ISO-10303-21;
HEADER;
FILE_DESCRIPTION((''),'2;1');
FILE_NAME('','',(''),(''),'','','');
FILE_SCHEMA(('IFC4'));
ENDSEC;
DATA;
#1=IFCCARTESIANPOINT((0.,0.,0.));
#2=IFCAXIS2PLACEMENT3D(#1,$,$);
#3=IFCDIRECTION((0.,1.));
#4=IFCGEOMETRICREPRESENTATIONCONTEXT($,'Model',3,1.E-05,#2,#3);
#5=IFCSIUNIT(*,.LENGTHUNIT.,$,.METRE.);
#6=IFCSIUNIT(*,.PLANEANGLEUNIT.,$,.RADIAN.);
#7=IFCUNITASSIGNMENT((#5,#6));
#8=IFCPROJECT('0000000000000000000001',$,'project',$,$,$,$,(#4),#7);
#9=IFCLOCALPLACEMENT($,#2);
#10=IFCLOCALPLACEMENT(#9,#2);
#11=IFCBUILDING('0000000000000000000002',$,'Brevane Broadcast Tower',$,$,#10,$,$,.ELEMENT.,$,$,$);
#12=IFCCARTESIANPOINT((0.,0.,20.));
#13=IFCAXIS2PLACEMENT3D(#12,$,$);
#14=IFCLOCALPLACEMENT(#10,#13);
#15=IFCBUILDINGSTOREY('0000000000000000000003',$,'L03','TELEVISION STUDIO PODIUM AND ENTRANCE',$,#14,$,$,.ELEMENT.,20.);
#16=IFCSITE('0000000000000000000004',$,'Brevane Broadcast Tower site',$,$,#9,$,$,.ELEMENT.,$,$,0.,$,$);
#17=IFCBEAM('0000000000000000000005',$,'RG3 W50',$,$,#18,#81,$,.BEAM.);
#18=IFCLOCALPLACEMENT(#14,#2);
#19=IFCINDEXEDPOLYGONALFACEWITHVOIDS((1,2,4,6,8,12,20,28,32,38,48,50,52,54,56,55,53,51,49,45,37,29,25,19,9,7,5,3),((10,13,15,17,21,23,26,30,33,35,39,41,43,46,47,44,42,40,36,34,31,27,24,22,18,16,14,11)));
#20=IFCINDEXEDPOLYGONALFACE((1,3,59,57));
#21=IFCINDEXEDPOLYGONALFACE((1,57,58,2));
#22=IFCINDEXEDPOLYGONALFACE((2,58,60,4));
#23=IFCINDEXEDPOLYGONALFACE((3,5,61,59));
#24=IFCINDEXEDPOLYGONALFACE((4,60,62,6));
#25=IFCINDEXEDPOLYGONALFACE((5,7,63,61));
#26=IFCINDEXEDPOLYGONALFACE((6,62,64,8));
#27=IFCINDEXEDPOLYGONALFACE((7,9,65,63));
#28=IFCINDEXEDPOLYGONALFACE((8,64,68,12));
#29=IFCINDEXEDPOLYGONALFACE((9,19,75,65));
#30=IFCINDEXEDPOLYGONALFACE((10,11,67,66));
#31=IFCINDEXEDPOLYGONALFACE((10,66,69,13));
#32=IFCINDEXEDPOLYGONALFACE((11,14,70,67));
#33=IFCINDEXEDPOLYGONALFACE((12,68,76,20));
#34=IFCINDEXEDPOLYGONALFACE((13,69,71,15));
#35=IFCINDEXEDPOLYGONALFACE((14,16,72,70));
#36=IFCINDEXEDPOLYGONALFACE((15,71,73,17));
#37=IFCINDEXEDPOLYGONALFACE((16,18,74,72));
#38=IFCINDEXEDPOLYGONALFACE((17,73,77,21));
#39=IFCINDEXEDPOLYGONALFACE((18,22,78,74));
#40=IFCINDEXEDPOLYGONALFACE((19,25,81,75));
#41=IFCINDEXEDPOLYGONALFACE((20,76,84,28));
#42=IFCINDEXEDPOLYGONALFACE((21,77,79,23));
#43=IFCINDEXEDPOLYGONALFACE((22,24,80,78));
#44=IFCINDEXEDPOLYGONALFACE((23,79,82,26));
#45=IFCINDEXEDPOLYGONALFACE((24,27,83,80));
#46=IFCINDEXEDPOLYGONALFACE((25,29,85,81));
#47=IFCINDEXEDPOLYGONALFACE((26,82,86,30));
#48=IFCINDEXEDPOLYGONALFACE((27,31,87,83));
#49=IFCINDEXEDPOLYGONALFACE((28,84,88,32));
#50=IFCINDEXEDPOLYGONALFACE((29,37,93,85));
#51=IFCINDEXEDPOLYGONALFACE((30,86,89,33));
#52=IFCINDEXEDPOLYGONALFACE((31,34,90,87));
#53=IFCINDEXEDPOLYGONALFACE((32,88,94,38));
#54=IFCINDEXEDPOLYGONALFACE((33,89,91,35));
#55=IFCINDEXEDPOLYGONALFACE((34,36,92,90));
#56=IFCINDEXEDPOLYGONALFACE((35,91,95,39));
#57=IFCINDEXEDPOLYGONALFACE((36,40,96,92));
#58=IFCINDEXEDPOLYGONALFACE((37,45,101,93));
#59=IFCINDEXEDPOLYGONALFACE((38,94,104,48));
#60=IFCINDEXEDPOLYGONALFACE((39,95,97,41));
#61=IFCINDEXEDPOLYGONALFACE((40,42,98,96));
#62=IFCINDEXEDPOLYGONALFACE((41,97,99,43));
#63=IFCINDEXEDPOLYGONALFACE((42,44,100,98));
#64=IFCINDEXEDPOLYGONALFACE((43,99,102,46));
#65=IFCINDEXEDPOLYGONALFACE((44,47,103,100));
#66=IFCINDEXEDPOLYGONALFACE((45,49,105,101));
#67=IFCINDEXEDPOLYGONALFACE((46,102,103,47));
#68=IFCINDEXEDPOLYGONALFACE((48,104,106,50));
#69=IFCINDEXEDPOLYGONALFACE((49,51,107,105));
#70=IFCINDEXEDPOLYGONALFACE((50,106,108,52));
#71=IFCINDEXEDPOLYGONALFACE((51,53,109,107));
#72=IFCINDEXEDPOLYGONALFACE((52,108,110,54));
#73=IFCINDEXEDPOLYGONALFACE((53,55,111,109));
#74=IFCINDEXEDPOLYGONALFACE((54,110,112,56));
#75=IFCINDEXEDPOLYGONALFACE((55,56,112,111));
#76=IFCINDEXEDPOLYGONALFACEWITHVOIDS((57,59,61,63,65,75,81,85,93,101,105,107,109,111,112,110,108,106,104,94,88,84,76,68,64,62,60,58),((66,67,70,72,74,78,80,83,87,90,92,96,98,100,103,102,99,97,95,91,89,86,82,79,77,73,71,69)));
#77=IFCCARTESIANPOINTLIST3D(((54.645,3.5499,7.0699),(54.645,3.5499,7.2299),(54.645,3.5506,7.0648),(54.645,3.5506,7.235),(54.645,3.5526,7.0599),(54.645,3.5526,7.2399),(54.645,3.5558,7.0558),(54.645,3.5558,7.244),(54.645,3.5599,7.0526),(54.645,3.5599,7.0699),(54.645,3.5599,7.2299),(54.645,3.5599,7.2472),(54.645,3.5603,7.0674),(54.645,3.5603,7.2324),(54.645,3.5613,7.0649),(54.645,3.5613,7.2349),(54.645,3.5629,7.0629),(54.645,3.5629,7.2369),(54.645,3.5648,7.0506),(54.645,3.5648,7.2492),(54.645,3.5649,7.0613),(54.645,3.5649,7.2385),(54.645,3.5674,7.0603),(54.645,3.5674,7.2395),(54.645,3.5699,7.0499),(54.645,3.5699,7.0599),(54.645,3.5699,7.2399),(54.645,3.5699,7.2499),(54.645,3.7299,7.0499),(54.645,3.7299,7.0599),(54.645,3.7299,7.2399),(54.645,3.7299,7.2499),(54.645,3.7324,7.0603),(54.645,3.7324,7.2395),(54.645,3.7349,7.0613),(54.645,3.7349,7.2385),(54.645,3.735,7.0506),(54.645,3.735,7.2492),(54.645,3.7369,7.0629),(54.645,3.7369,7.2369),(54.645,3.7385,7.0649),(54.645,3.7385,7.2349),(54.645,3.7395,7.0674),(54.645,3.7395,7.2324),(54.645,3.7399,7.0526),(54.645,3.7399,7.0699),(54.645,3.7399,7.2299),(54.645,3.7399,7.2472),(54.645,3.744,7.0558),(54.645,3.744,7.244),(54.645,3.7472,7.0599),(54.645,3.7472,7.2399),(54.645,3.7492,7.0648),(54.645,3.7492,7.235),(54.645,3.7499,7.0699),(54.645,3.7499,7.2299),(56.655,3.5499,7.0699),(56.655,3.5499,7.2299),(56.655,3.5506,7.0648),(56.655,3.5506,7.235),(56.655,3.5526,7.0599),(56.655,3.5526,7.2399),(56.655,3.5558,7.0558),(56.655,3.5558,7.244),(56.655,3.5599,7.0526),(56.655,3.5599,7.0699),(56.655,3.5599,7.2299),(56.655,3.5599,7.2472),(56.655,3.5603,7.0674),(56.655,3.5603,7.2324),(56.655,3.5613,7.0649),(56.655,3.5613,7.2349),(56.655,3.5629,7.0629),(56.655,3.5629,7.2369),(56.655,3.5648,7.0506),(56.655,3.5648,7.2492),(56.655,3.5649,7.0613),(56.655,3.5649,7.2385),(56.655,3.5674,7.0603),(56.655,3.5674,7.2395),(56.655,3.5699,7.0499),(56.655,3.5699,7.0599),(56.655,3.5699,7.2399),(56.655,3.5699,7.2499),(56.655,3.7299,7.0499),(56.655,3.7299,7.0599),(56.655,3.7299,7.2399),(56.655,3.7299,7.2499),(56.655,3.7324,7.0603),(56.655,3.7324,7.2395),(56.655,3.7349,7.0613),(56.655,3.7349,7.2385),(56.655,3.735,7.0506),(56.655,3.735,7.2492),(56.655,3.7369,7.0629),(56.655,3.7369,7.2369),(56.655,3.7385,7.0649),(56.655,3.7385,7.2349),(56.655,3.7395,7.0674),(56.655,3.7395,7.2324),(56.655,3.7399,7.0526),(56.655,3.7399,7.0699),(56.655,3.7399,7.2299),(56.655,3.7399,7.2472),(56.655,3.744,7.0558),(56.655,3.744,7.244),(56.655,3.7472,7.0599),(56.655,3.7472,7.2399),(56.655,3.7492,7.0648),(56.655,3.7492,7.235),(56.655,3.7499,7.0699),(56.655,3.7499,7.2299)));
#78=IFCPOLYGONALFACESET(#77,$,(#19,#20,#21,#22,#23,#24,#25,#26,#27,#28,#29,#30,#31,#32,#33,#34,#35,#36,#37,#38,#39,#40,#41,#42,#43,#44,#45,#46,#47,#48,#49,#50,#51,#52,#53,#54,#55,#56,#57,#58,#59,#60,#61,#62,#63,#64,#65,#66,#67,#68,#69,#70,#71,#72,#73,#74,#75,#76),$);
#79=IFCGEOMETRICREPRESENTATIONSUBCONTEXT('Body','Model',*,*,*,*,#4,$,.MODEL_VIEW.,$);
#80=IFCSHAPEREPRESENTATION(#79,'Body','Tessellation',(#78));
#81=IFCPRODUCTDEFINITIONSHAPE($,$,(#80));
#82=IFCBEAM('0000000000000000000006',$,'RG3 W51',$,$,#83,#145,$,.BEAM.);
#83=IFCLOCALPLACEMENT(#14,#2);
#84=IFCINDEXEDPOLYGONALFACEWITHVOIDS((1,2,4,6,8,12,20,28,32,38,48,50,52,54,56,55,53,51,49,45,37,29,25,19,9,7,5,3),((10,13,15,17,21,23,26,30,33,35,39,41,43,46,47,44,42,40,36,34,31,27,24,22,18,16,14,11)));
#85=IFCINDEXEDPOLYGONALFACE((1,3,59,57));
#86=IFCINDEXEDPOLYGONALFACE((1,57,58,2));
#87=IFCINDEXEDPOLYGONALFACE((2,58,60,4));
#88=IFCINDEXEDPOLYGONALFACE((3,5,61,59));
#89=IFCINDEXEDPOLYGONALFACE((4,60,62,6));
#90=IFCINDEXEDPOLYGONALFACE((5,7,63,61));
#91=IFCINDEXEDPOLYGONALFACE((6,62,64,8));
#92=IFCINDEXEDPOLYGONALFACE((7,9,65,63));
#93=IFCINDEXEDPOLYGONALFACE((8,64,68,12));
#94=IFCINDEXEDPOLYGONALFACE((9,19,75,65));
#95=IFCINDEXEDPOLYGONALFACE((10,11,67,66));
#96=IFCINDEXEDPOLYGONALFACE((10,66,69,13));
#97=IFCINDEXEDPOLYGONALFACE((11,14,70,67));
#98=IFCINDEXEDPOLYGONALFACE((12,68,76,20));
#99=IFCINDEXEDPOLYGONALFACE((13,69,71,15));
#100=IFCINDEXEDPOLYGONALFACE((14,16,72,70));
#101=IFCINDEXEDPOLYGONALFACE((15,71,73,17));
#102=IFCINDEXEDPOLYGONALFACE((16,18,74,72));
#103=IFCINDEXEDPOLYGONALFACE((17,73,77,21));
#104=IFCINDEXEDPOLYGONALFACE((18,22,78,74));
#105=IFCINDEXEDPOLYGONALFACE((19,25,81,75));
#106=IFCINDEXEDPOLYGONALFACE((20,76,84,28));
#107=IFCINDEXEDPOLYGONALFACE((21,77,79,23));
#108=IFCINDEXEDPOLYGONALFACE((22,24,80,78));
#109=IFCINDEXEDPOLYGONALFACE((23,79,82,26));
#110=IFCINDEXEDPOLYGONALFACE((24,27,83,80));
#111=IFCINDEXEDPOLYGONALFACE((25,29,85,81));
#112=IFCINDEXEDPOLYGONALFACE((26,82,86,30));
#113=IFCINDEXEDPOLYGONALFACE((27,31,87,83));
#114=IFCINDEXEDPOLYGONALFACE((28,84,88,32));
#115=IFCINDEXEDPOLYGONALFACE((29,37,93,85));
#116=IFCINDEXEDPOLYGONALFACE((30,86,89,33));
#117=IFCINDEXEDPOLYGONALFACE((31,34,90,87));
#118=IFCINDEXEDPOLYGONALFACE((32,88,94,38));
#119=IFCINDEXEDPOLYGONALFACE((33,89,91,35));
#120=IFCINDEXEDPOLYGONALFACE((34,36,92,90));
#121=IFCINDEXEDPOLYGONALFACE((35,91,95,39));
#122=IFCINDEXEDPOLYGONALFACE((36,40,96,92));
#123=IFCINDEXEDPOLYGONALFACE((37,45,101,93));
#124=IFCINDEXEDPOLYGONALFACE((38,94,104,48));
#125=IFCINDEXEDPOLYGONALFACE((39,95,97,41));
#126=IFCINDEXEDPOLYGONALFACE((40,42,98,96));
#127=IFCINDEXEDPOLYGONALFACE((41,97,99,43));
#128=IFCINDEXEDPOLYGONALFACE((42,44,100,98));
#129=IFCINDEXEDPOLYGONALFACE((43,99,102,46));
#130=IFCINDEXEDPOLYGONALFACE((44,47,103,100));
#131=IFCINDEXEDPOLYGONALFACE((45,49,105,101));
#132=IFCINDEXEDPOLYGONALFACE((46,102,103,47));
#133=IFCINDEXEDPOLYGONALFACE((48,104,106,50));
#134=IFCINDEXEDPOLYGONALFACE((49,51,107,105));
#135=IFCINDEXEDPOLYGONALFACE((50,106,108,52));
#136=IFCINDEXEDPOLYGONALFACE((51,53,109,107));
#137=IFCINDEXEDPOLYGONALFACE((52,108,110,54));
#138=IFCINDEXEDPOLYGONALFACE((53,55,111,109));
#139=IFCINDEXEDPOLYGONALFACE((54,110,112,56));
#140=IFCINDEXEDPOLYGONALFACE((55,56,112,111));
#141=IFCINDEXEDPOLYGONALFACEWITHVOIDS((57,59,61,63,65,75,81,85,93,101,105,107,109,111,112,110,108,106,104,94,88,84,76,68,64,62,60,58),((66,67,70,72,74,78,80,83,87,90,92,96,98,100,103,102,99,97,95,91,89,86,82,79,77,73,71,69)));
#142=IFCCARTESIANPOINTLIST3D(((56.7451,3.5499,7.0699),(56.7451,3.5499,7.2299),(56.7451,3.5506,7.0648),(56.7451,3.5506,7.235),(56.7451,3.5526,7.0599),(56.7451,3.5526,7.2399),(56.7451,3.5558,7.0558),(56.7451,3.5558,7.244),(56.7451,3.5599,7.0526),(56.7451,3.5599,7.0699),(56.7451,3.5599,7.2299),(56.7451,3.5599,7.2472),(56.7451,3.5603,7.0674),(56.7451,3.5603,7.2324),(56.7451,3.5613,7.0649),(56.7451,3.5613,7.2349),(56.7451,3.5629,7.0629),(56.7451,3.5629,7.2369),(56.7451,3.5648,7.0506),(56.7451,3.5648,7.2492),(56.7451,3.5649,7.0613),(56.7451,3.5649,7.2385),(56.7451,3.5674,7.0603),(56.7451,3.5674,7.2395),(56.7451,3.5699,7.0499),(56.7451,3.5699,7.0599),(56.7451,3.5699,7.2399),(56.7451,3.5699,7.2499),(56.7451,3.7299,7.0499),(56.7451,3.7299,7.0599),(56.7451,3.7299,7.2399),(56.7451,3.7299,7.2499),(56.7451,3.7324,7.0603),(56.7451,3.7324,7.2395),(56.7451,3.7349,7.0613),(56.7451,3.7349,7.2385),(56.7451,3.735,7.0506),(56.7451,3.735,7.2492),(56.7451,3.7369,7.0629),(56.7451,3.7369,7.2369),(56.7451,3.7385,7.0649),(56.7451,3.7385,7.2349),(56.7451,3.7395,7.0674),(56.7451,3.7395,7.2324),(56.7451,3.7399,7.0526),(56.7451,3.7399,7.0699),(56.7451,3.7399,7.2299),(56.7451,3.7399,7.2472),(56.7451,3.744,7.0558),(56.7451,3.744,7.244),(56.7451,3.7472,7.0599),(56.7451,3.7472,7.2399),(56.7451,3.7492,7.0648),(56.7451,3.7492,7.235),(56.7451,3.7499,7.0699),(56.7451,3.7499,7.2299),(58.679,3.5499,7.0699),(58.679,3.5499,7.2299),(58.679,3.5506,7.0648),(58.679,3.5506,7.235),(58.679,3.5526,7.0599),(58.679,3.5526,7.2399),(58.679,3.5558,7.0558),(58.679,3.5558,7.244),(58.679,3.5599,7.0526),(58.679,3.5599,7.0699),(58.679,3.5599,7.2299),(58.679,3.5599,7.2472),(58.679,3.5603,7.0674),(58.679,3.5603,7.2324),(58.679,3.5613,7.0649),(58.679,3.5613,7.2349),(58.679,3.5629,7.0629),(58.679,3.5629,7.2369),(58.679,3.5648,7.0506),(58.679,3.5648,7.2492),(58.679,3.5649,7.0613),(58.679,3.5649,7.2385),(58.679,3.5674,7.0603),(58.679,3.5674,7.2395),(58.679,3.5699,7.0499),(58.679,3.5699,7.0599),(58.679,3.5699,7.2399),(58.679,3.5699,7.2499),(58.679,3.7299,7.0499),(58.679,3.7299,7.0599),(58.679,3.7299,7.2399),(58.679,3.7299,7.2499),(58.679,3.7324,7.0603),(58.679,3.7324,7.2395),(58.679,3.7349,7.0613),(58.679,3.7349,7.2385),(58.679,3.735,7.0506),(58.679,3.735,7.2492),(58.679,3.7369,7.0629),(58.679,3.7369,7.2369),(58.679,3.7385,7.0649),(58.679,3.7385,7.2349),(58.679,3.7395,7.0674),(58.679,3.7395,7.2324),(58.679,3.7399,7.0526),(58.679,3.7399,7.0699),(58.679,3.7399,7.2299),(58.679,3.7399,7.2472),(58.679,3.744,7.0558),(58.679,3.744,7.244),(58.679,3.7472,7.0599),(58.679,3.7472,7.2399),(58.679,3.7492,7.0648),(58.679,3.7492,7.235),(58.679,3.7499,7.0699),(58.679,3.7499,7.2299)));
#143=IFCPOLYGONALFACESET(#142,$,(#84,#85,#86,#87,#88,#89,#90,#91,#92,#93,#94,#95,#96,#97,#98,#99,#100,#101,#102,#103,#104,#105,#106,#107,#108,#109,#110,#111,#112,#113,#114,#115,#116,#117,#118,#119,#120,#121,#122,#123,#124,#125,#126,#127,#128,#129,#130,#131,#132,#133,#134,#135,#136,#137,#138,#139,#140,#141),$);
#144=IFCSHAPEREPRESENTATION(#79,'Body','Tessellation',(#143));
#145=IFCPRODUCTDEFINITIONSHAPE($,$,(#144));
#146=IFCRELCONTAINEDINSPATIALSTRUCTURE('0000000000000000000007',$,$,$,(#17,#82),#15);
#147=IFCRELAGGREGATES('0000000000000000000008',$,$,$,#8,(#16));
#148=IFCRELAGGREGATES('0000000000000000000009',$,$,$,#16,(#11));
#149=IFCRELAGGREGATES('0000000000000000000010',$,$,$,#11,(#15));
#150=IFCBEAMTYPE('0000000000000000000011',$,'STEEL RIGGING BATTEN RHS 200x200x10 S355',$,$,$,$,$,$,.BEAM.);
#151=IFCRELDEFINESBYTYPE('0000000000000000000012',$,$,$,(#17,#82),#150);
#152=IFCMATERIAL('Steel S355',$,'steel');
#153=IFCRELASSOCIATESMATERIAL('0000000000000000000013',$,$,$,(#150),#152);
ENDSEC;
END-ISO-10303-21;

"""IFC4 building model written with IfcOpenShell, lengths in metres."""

from ifc_helpers import new_model, si_unit, direction, frame, origin, origin_2d, place, context, subcontext, project, spatial, hollow_rectangle, extrude, material, material_profile, profile_set, type_object, element, save


model = new_model("IFC4")

# Units and contexts
model_context = context("Model", 3, precision=1e-05, world=origin(), true_north=direction((0.0, 1.0)))
body_context = subcontext(model_context, "Body", "Model", "MODEL_VIEW")
ifc_project = project(units=[si_unit("LENGTHUNIT", "METRE"), si_unit("PLANEANGLEUNIT", "RADIAN")], contexts=[model_context])

# Site, building, storey
site_placement = place(None, origin())
site = spatial("IfcSite", under=ifc_project, at=site_placement, Name="Brevane Broadcast Tower site", CompositionType="ELEMENT", RefElevation=0.0)
building_placement = place(site_placement, origin())
building = spatial("IfcBuilding", under=site, at=building_placement, Name="Brevane Broadcast Tower", CompositionType="ELEMENT")
storey_placement = place(building_placement, frame((0.0, 0.0, 20.0)))
storey = spatial("IfcBuildingStorey", under=building, at=storey_placement, Name="L03", Description="TELEVISION STUDIO PODIUM AND ENTRANCE", CompositionType="ELEMENT", Elevation=20.0)

# Beams
ifc_material_1 = material(Name="Steel S355", Category="steel")
ifc_material_profile_1 = material_profile(ifc_material_1, hollow_rectangle(XDim=0.2, YDim=0.2, WallThickness=0.01, InnerFilletRadius=0.01, OuterFilletRadius=0.02, at=origin_2d()), Name="RHS 200x200x10")
ifc_profile_set_1 = profile_set([ifc_material_profile_1], Name="Steel S355")
beam_type_1 = type_object("IfcBeamType", Name="STEEL RIGGING BATTEN RHS 200x200x10 S355", PredefinedType="BEAM", material=ifc_profile_set_1)
beam_1_placement = place(storey_placement, frame((54.645, 3.6499, 7.1499), z_axis=(1.0, 0.0, 0.0), x_axis=(0.0, 1.0, 0.0)))
element("IfcBeam", 1, at=beam_1_placement, inside=storey, type_object=beam_type_1, Name="RG3 W50", PredefinedType="BEAM", context=body_context, shape_type="SweptSolid", body=[
    extrude(hollow_rectangle(XDim=0.2, YDim=0.2, WallThickness=0.01, InnerFilletRadius=0.01, OuterFilletRadius=0.02, at=origin_2d()), origin(), (0.0, 0.0, 1.0), 2.01),
])
beam_2_placement = place(storey_placement, frame((56.7451, 3.6499, 7.1499), z_axis=(1.0, 0.0, 0.0), x_axis=(0.0, 1.0, 0.0)))
element("IfcBeam", 2, at=beam_2_placement, inside=storey, type_object=beam_type_1, Name="RG3 W51", PredefinedType="BEAM", context=body_context, shape_type="SweptSolid", body=[
    extrude(hollow_rectangle(XDim=0.2, YDim=0.2, WallThickness=0.01, InnerFilletRadius=0.01, OuterFilletRadius=0.02, at=origin_2d()), origin(), (0.0, 0.0, 1.0), 1.9338),
])

save(model, "model.ifc")
